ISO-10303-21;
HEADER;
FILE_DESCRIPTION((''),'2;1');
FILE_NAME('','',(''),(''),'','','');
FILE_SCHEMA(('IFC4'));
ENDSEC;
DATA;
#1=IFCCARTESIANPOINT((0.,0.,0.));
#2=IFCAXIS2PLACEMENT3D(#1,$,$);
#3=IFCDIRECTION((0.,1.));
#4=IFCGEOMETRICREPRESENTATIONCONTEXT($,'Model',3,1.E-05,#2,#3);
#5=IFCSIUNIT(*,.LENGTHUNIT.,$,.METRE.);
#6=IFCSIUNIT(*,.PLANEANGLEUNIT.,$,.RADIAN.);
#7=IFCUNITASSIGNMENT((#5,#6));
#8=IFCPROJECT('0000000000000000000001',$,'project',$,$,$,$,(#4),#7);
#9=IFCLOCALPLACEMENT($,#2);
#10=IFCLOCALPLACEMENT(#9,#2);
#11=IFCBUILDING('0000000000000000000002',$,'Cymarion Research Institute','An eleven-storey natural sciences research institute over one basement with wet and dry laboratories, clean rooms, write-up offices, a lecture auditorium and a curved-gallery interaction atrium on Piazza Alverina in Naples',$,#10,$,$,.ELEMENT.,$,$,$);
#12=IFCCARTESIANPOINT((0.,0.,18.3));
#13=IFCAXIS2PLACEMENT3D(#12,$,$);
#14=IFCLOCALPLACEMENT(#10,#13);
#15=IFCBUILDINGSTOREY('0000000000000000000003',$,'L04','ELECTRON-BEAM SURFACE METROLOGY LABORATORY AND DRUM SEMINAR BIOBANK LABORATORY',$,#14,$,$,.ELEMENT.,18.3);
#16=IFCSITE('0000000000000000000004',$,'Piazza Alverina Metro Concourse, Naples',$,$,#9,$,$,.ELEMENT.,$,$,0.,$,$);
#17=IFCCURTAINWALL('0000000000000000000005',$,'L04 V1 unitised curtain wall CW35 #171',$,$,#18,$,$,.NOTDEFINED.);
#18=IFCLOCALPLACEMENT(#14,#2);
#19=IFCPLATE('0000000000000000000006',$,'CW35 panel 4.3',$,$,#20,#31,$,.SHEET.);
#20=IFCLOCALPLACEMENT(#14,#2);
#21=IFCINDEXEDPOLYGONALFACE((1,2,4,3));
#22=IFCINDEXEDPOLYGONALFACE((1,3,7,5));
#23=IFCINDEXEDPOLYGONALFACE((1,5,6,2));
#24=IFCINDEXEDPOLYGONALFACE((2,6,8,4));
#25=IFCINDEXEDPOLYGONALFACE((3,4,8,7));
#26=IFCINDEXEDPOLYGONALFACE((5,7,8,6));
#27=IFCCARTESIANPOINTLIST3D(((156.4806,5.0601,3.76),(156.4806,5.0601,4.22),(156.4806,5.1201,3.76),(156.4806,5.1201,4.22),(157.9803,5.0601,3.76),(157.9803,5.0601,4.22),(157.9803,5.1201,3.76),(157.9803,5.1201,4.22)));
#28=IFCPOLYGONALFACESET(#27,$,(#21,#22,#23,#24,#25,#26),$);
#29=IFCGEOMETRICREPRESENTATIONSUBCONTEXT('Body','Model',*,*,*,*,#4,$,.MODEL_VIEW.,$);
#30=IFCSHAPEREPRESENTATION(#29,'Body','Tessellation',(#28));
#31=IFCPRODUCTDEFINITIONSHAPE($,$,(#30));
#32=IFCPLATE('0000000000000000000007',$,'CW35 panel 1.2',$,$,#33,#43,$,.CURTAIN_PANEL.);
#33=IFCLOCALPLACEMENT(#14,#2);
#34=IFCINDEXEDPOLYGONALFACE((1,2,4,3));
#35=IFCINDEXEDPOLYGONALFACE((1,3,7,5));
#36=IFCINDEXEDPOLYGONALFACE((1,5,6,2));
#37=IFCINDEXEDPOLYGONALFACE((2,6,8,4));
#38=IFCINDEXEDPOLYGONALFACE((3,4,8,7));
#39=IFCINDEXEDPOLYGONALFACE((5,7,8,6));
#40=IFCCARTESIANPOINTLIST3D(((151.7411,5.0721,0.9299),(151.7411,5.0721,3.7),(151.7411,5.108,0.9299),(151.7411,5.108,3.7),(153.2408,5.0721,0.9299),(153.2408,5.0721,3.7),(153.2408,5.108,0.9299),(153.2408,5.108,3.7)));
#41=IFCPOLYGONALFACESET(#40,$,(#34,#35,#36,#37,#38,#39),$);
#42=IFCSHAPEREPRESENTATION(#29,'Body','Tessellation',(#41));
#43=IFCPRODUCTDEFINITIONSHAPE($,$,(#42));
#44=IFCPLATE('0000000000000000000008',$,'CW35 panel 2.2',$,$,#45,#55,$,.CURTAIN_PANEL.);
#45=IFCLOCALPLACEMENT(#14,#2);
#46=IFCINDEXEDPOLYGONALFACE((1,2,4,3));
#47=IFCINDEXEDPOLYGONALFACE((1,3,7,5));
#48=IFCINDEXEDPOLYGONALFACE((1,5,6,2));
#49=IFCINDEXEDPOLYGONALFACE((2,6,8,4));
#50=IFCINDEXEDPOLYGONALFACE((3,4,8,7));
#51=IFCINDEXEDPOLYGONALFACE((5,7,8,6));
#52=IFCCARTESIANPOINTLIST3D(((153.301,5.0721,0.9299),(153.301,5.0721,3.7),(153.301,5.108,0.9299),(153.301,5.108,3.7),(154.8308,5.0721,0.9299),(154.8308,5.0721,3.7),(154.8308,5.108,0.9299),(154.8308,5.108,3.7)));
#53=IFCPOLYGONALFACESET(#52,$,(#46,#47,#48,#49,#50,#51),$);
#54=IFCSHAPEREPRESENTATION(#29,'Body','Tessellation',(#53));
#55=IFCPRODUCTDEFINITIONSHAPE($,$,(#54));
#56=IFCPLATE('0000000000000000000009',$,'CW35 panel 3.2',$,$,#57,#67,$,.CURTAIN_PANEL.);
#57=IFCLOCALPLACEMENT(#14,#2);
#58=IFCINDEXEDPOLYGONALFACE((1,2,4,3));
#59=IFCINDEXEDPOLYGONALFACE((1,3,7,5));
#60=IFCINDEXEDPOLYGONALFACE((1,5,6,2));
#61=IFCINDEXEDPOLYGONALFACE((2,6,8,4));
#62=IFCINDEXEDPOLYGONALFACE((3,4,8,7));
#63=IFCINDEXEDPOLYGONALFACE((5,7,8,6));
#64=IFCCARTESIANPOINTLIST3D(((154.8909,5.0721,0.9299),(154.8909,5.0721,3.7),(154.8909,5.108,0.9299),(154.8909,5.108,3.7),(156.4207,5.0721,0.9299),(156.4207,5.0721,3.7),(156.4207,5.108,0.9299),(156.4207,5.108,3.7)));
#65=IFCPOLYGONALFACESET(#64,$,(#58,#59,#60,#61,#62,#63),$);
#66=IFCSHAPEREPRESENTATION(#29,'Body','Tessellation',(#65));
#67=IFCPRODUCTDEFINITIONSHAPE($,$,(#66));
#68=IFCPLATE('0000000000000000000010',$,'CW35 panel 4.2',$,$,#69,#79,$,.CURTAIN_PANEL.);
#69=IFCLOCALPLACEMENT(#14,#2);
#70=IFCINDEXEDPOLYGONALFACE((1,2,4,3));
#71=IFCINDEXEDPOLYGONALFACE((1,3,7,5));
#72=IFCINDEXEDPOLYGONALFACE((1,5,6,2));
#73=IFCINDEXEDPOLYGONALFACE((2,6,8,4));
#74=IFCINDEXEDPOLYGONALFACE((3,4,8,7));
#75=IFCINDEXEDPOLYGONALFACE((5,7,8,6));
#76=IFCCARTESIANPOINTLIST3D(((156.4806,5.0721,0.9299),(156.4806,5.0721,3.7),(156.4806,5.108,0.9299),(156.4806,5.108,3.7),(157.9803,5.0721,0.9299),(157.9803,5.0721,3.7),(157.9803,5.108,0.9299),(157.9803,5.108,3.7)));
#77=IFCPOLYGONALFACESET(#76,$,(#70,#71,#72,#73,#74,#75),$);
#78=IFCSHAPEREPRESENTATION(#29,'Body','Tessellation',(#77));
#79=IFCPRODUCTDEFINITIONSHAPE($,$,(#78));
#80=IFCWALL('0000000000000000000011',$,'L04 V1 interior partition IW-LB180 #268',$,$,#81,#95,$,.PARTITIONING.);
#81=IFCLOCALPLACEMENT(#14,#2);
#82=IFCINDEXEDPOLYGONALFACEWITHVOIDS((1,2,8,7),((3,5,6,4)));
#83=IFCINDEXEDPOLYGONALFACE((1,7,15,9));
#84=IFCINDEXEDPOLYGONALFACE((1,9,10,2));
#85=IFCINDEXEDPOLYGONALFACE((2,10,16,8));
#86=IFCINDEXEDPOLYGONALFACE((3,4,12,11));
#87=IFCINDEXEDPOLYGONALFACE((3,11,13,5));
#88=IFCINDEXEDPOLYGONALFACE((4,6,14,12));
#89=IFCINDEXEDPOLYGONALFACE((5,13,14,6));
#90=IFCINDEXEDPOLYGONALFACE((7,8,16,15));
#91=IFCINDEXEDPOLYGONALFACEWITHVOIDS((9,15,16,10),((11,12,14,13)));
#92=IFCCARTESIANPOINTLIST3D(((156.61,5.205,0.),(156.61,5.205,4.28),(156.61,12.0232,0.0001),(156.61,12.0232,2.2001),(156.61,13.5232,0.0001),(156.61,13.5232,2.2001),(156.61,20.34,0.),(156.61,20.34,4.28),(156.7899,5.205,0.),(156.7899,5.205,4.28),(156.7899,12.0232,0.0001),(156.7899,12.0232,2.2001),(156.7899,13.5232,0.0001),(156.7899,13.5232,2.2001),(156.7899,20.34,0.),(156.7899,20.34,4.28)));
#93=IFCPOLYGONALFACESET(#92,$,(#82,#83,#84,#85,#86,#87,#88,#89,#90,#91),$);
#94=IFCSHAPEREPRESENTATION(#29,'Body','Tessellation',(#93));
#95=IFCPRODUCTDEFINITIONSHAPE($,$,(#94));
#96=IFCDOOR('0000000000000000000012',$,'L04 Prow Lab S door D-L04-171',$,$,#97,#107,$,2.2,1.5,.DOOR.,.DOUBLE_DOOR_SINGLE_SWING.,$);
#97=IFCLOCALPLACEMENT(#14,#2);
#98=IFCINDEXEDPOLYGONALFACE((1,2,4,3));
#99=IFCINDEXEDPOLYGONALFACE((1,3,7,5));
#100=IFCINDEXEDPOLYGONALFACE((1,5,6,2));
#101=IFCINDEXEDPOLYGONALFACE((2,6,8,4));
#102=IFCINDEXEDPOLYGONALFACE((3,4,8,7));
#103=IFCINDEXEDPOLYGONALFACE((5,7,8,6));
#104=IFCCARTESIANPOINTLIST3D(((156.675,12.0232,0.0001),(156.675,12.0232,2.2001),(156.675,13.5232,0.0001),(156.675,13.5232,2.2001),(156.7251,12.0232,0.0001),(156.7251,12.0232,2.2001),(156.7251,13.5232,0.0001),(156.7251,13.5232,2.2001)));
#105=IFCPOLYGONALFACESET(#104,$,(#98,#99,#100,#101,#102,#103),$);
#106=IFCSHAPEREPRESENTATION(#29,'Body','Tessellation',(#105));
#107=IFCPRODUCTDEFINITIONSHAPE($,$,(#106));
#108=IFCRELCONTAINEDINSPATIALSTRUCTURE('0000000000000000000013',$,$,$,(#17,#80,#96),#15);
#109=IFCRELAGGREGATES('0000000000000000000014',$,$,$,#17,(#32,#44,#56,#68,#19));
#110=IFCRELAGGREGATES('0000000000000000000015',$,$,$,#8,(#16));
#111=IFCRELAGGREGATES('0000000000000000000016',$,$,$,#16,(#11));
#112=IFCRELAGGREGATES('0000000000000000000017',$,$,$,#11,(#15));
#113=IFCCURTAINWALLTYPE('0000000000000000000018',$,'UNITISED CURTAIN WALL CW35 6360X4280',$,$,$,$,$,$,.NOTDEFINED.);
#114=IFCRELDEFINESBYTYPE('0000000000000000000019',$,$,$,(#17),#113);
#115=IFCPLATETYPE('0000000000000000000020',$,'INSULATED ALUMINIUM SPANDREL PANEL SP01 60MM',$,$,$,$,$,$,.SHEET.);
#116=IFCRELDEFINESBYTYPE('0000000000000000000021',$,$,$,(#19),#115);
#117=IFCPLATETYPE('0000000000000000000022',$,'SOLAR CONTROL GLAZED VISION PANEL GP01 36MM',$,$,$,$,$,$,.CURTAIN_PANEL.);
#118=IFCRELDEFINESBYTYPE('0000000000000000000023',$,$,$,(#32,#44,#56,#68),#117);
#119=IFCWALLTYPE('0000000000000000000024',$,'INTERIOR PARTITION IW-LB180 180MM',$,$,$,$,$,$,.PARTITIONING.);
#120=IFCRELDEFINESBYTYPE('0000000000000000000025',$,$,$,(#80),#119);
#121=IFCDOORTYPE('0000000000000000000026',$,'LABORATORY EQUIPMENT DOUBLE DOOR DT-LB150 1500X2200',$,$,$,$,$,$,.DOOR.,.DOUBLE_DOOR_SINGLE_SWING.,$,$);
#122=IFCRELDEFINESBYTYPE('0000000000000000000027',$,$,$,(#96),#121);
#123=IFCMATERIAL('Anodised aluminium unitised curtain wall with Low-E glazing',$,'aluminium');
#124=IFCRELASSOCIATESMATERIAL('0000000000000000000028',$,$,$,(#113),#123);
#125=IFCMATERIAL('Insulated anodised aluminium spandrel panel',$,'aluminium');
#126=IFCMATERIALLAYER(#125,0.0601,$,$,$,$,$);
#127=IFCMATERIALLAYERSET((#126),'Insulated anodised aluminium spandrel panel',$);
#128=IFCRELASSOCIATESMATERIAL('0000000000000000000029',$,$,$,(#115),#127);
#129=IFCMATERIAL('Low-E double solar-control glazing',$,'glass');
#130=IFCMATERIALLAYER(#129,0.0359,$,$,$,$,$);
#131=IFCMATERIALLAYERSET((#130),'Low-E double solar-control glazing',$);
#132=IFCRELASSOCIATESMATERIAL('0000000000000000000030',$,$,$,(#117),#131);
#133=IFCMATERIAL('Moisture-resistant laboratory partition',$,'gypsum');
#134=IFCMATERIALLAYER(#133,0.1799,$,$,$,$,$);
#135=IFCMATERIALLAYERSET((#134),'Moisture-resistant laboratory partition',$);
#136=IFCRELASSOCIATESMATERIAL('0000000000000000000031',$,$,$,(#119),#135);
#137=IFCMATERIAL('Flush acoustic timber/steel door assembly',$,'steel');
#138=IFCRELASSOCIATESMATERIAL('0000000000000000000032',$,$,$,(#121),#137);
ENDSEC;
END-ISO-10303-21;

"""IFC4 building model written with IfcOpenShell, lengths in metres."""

from ifc_helpers import new_model, si_unit, direction, frame, frame_2d, origin, origin_2d, place, context, subcontext, project, spatial, rectangle, extrude, material, layer, layer_set, type_object, element, fill, aggregate, save


model = new_model("IFC4")

# Units and contexts
model_context = context("Model", 3, precision=1e-05, world=origin(), true_north=direction((0.0, 1.0)))
body_context = subcontext(model_context, "Body", "Model", "MODEL_VIEW")
ifc_project = project(units=[si_unit("LENGTHUNIT", "METRE"), si_unit("PLANEANGLEUNIT", "RADIAN")], contexts=[model_context])

# Site, building, storey
site_placement = place(None, origin())
site = spatial("IfcSite", under=ifc_project, at=site_placement, Name="Piazza Alverina Metro Concourse, Naples", CompositionType="ELEMENT", RefElevation=0.0)
building_placement = place(site_placement, origin())
building = spatial("IfcBuilding", under=site, at=building_placement, Name="Cymarion Research Institute", Description="An eleven-storey natural sciences research institute over one basement with wet and dry laboratories, clean rooms, write-up offices, a lecture auditorium and a curved-gallery interaction atrium on Piazza Alverina in Naples", CompositionType="ELEMENT")
storey_placement = place(building_placement, frame((0.0, 0.0, 18.3)))
storey = spatial("IfcBuildingStorey", under=building, at=storey_placement, Name="L04", Description="ELECTRON-BEAM SURFACE METROLOGY LABORATORY AND DRUM SEMINAR BIOBANK LABORATORY", CompositionType="ELEMENT", Elevation=18.3)

# Curtain wall
ifc_material_1 = material(Name="Anodised aluminium unitised curtain wall with Low-E glazing", Category="aluminium")
curtain_wall_type = type_object("IfcCurtainWallType", Name="UNITISED CURTAIN WALL CW35 6360X4280", PredefinedType="NOTDEFINED", material=ifc_material_1)
curtain_wall_1_placement = place(storey_placement, origin())
curtain_wall_1 = element("IfcCurtainWall", 1, at=curtain_wall_1_placement, inside=storey, type_object=curtain_wall_type, Name="L04 V1 unitised curtain wall CW35 #171", PredefinedType="NOTDEFINED")

# Plates
ifc_material_2 = material(Name="Insulated anodised aluminium spandrel panel", Category="aluminium")
ifc_layer_1 = layer(ifc_material_2, 0.0601)
ifc_layer_set_1 = layer_set([ifc_layer_1], Name="Insulated anodised aluminium spandrel panel")
plate_type_1 = type_object("IfcPlateType", Name="INSULATED ALUMINIUM SPANDREL PANEL SP01 60MM", PredefinedType="SHEET", material=ifc_layer_set_1)
plate_1_placement = place(storey_placement, frame((157.2305, 5.0901, 3.76), z_axis=(0.0, 0.0, 1.0), x_axis=(1.0, 0.0, 0.0)))
plate_1 = element("IfcPlate", 2, at=plate_1_placement, type_object=plate_type_1, Name="CW35 panel 4.3", PredefinedType="SHEET", context=body_context, shape_type="SweptSolid", body=[
    extrude(rectangle(XDim=1.4998, YDim=0.0601, at=origin_2d()), origin(), (0.0, 0.0, 1.0), 0.46),
])
ifc_material_3 = material(Name="Low-E double solar-control glazing", Category="glass")
ifc_layer_2 = layer(ifc_material_3, 0.0359)
ifc_layer_set_2 = layer_set([ifc_layer_2], Name="Low-E double solar-control glazing")
plate_type_2 = type_object("IfcPlateType", Name="SOLAR CONTROL GLAZED VISION PANEL GP01 36MM", PredefinedType="CURTAIN_PANEL", material=ifc_layer_set_2)
plate_2_placement = place(storey_placement, frame((152.491, 5.0901, 0.9299), z_axis=(0.0, 0.0, 1.0), x_axis=(1.0, 0.0, 0.0)))
plate_2 = element("IfcPlate", 3, at=plate_2_placement, type_object=plate_type_2, Name="CW35 panel 1.2", PredefinedType="CURTAIN_PANEL", context=body_context, shape_type="SweptSolid", body=[
    extrude(rectangle(XDim=1.4998, YDim=0.0359, at=origin_2d()), origin(), (0.0, 0.0, 1.0), 2.77),
])
plate_3_placement = place(storey_placement, frame((154.0659, 5.0901, 0.9299), z_axis=(0.0, 0.0, 1.0), x_axis=(1.0, 0.0, 0.0)))
plate_3 = element("IfcPlate", 4, at=plate_3_placement, type_object=plate_type_2, Name="CW35 panel 2.2", PredefinedType="CURTAIN_PANEL", context=body_context, shape_type="SweptSolid", body=[
    extrude(rectangle(XDim=1.5298, YDim=0.0359, at=origin_2d()), origin(), (0.0, 0.0, 1.0), 2.77),
])
plate_4_placement = place(storey_placement, frame((155.6558, 5.0901, 0.9299), z_axis=(0.0, 0.0, 1.0), x_axis=(1.0, 0.0, 0.0)))
plate_4 = element("IfcPlate", 5, at=plate_4_placement, type_object=plate_type_2, Name="CW35 panel 3.2", PredefinedType="CURTAIN_PANEL", context=body_context, shape_type="SweptSolid", body=[
    extrude(rectangle(XDim=1.5298, YDim=0.0359, at=origin_2d()), origin(), (0.0, 0.0, 1.0), 2.77),
])
plate_5_placement = place(storey_placement, frame((157.2305, 5.0901, 0.9299), z_axis=(0.0, 0.0, 1.0), x_axis=(1.0, 0.0, 0.0)))
plate_5 = element("IfcPlate", 6, at=plate_5_placement, type_object=plate_type_2, Name="CW35 panel 4.2", PredefinedType="CURTAIN_PANEL", context=body_context, shape_type="SweptSolid", body=[
    extrude(rectangle(XDim=1.4998, YDim=0.0359, at=origin_2d()), origin(), (0.0, 0.0, 1.0), 2.77),
])
aggregate(curtain_wall_1, [plate_2, plate_3, plate_4, plate_5, plate_1])

# Wall, opening, door
ifc_material_4 = material(Name="Moisture-resistant laboratory partition", Category="gypsum")
ifc_layer_3 = layer(ifc_material_4, 0.1799)
ifc_layer_set_3 = layer_set([ifc_layer_3], Name="Moisture-resistant laboratory partition")
wall_type = type_object("IfcWallType", Name="INTERIOR PARTITION IW-LB180 180MM", PredefinedType="PARTITIONING", material=ifc_layer_set_3)
wall_placement = place(storey_placement, frame((156.7, 5.2051, 0.0), z_axis=(0.0, 0.0, 1.0), x_axis=(0.0, 1.0, 0.0)))
wall = element("IfcWall", 7, at=wall_placement, inside=storey, type_object=wall_type, Name="L04 V1 interior partition IW-LB180 #268", PredefinedType="PARTITIONING", context=body_context, shape_type="SweptSolid", body=[
    extrude(rectangle(XDim=15.135, YDim=0.1799, at=frame_2d((7.5674, 0.0))), origin(), (0.0, 0.0, 1.0), 4.28),
])
opening_placement = place(wall_placement, frame((6.8181, 0.0, 0.0)))
opening = element("IfcOpeningElement", 8, at=opening_placement, cuts=wall, PredefinedType="OPENING", context=body_context, shape_type="SweptSolid", body=[
    extrude(rectangle(XDim=1.5, YDim=2.2, at=frame_2d((0.75, 1.1001))), frame((0.0, 0.0999, 0.0), z_axis=(0.0, -1.0, 0.0), x_axis=(1.0, 0.0, 0.0)), (0.0, 0.0, 1.0), 0.2),
])
ifc_material_5 = material(Name="Flush acoustic timber/steel door assembly", Category="steel")
door_type = type_object("IfcDoorType", Name="LABORATORY EQUIPMENT DOUBLE DOOR DT-LB150 1500X2200", OperationType="DOUBLE_DOOR_SINGLE_SWING", PredefinedType="DOOR", material=ifc_material_5)
door_placement = place(opening_placement, origin())
door = element("IfcDoor", 9, at=door_placement, inside=storey, type_object=door_type, Name="L04 Prow Lab S door D-L04-171", OperationType="DOUBLE_DOOR_SINGLE_SWING", OverallHeight=2.2, OverallWidth=1.5, PredefinedType="DOOR", context=body_context, shape_type="SweptSolid", body=[
    extrude(rectangle(XDim=1.5, YDim=2.2, at=frame_2d((0.75, 1.1001))), frame((0.0, 0.0249, 0.0), z_axis=(0.0, -1.0, 0.0), x_axis=(1.0, 0.0, 0.0)), (0.0, 0.0, 1.0), 0.05),
])
fill(opening, door)

save(model, "model.ifc")
